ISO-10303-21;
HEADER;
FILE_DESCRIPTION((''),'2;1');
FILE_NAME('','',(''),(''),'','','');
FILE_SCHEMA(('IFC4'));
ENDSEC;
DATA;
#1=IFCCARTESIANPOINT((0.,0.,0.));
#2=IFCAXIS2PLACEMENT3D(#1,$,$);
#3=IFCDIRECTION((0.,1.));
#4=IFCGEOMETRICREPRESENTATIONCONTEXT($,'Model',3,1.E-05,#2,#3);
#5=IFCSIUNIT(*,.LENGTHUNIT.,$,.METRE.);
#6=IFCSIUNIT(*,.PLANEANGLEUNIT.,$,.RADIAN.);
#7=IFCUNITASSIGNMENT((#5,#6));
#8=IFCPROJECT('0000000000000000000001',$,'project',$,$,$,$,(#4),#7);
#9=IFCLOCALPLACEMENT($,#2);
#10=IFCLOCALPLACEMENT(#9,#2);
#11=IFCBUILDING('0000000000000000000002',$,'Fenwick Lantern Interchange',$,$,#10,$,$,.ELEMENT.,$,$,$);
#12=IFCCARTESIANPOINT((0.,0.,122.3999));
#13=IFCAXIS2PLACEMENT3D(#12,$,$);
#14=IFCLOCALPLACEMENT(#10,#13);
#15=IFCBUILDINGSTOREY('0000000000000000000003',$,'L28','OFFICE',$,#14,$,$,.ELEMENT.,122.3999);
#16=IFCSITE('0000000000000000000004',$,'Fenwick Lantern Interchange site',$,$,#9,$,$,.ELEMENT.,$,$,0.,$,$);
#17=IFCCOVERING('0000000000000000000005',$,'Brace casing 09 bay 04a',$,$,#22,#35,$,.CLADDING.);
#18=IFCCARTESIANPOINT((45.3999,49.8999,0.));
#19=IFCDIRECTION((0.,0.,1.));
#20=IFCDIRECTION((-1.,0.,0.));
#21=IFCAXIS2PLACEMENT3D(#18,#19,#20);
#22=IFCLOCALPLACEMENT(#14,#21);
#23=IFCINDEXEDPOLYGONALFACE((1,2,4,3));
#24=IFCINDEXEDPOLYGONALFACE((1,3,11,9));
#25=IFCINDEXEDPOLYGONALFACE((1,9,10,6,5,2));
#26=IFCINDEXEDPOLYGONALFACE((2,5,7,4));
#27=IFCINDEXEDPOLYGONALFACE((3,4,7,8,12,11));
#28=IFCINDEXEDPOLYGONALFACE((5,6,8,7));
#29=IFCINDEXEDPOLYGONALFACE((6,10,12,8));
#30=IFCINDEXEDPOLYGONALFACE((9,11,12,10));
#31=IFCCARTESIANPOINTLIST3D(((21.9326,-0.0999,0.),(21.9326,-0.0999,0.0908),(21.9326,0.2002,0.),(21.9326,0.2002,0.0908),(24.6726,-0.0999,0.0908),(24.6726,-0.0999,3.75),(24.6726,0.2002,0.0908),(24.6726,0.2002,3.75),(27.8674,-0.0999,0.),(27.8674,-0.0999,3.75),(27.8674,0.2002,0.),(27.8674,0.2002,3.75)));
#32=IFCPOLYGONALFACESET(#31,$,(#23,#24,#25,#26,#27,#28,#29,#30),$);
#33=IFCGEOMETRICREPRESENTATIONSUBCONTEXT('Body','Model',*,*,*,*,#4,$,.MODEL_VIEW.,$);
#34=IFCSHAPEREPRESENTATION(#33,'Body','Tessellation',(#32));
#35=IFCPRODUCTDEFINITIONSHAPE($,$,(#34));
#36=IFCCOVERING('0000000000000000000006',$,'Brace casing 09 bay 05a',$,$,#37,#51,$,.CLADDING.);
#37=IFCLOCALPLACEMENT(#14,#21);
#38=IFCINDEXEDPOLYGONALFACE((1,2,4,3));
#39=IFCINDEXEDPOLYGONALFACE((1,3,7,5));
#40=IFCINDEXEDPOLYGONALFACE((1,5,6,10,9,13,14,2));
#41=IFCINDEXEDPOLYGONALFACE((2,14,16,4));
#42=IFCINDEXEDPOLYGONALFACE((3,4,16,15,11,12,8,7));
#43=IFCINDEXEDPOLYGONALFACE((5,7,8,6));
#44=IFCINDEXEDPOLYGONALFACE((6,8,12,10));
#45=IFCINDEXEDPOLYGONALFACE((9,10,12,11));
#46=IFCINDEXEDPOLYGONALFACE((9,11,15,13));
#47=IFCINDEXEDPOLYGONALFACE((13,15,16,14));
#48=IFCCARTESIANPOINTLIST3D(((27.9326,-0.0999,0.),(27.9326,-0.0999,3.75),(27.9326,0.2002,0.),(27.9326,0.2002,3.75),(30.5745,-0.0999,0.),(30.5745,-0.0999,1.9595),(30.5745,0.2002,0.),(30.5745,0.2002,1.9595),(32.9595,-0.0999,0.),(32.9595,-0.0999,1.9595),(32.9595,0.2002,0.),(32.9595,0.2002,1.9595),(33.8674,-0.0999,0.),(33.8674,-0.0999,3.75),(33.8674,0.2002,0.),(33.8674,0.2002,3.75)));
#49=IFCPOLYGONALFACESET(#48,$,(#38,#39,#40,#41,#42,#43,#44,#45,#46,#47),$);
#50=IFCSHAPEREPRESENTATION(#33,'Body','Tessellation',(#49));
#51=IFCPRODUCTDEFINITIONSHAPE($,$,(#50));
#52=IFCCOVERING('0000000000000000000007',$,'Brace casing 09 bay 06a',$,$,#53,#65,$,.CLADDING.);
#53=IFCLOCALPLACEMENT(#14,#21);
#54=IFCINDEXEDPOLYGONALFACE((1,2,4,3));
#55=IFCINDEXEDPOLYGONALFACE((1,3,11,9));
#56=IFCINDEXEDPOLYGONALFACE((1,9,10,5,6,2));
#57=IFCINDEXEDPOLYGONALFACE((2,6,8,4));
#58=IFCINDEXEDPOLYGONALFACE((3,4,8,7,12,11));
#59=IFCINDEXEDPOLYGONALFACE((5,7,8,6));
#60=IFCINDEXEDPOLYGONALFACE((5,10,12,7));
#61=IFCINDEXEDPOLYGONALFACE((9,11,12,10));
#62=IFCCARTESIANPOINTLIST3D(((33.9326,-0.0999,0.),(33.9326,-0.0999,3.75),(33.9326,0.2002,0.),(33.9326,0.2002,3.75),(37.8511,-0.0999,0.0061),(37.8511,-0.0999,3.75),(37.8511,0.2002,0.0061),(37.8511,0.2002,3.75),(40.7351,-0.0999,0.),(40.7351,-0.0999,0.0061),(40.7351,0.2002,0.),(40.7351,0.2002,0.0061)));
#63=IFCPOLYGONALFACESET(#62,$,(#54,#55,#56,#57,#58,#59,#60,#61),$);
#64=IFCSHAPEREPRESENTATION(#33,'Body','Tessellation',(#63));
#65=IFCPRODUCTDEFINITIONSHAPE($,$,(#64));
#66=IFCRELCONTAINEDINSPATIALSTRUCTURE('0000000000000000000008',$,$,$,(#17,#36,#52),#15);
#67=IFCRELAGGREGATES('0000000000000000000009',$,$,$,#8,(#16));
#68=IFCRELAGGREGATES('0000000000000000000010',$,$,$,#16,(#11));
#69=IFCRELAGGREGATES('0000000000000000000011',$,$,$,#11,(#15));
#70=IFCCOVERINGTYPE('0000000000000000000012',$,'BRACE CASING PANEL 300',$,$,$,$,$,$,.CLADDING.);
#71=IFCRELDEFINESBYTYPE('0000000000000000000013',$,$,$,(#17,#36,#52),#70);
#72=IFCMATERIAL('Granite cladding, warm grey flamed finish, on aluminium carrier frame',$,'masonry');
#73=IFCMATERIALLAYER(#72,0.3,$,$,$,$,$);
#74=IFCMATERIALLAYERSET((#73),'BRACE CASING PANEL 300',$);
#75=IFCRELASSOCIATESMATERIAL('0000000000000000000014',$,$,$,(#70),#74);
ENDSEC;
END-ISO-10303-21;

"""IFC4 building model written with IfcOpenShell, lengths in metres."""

from ifc_helpers import new_model, si_unit, direction, frame, origin, place, context, subcontext, project, spatial, polyline, outline, extrude, material, layer, layer_set, type_object, element, save


model = new_model("IFC4")

# Units and contexts
model_context = context("Model", 3, precision=1e-05, world=origin(), true_north=direction((0.0, 1.0)))
body_context = subcontext(model_context, "Body", "Model", "MODEL_VIEW")
ifc_project = project(units=[si_unit("LENGTHUNIT", "METRE"), si_unit("PLANEANGLEUNIT", "RADIAN")], contexts=[model_context])

# Site, building, storey
site_placement = place(None, origin())
site = spatial("IfcSite", under=ifc_project, at=site_placement, Name="Fenwick Lantern Interchange site", CompositionType="ELEMENT", RefElevation=0.0)
building_placement = place(site_placement, origin())
building = spatial("IfcBuilding", under=site, at=building_placement, Name="Fenwick Lantern Interchange", CompositionType="ELEMENT")
storey_placement = place(building_placement, frame((0.0, 0.0, 122.3999)))
storey = spatial("IfcBuildingStorey", under=building, at=storey_placement, Name="L28", Description="OFFICE", CompositionType="ELEMENT", Elevation=122.3999)

# Coverings
ifc_material_1 = material(Name="Granite cladding, warm grey flamed finish, on aluminium carrier frame", Category="masonry")
ifc_layer_1 = layer(ifc_material_1, 0.3)
ifc_layer_set_1 = layer_set([ifc_layer_1], Name="BRACE CASING PANEL 300")
covering_type = type_object("IfcCoveringType", Name="BRACE CASING PANEL 300", PredefinedType="CLADDING", material=ifc_layer_set_1)
covering_1_placement = place(storey_placement, frame((45.3999, 49.8999, 0.0), z_axis=(0.0, 0.0, 1.0), x_axis=(-1.0, 0.0, 0.0)))
element("IfcCovering", 1, at=covering_1_placement, inside=storey, type_object=covering_type, Name="Brace casing 09 bay 04a", PredefinedType="CLADDING", context=body_context, shape_type="SweptSolid", body=[
    extrude(outline(polyline([(21.9326, 0.0), (27.8674, 0.0), (27.8674, 3.75), (24.6726, 3.75), (24.6726, 0.0908), (21.9326, 0.0908), (21.9326, 0.0)])), frame((0.0, 0.2002, 0.0), z_axis=(0.0, -1.0, 0.0), x_axis=(1.0, 0.0, 0.0)), (0.0, 0.0, 1.0), 0.3),
])
covering_2_placement = place(storey_placement, frame((45.3999, 49.8999, 0.0), z_axis=(0.0, 0.0, 1.0), x_axis=(-1.0, 0.0, 0.0)))
element("IfcCovering", 2, at=covering_2_placement, inside=storey, type_object=covering_type, Name="Brace casing 09 bay 05a", PredefinedType="CLADDING", context=body_context, shape_type="SweptSolid", body=[
    extrude(outline(polyline([(27.9326, 0.0), (30.5745, 0.0), (30.5745, 1.9595), (32.9595, 1.9595), (32.9595, 0.0), (33.8674, 0.0), (33.8674, 3.75), (27.9326, 3.75), (27.9326, 0.0)])), frame((0.0, 0.2002, 0.0), z_axis=(0.0, -1.0, 0.0), x_axis=(1.0, 0.0, 0.0)), (0.0, 0.0, 1.0), 0.3),
])
covering_3_placement = place(storey_placement, frame((45.3999, 49.8999, 0.0), z_axis=(0.0, 0.0, 1.0), x_axis=(-1.0, 0.0, 0.0)))
element("IfcCovering", 3, at=covering_3_placement, inside=storey, type_object=covering_type, Name="Brace casing 09 bay 06a", PredefinedType="CLADDING", context=body_context, shape_type="SweptSolid", body=[
    extrude(outline(polyline([(33.9326, 0.0), (40.7351, 0.0), (40.7351, 0.0061), (37.8511, 0.0061), (37.8511, 3.75), (33.9326, 3.75), (33.9326, 0.0)])), frame((0.0, 0.2002, 0.0), z_axis=(0.0, -1.0, 0.0), x_axis=(1.0, 0.0, 0.0)), (0.0, 0.0, 1.0), 0.3),
])

save(model, "model.ifc")
